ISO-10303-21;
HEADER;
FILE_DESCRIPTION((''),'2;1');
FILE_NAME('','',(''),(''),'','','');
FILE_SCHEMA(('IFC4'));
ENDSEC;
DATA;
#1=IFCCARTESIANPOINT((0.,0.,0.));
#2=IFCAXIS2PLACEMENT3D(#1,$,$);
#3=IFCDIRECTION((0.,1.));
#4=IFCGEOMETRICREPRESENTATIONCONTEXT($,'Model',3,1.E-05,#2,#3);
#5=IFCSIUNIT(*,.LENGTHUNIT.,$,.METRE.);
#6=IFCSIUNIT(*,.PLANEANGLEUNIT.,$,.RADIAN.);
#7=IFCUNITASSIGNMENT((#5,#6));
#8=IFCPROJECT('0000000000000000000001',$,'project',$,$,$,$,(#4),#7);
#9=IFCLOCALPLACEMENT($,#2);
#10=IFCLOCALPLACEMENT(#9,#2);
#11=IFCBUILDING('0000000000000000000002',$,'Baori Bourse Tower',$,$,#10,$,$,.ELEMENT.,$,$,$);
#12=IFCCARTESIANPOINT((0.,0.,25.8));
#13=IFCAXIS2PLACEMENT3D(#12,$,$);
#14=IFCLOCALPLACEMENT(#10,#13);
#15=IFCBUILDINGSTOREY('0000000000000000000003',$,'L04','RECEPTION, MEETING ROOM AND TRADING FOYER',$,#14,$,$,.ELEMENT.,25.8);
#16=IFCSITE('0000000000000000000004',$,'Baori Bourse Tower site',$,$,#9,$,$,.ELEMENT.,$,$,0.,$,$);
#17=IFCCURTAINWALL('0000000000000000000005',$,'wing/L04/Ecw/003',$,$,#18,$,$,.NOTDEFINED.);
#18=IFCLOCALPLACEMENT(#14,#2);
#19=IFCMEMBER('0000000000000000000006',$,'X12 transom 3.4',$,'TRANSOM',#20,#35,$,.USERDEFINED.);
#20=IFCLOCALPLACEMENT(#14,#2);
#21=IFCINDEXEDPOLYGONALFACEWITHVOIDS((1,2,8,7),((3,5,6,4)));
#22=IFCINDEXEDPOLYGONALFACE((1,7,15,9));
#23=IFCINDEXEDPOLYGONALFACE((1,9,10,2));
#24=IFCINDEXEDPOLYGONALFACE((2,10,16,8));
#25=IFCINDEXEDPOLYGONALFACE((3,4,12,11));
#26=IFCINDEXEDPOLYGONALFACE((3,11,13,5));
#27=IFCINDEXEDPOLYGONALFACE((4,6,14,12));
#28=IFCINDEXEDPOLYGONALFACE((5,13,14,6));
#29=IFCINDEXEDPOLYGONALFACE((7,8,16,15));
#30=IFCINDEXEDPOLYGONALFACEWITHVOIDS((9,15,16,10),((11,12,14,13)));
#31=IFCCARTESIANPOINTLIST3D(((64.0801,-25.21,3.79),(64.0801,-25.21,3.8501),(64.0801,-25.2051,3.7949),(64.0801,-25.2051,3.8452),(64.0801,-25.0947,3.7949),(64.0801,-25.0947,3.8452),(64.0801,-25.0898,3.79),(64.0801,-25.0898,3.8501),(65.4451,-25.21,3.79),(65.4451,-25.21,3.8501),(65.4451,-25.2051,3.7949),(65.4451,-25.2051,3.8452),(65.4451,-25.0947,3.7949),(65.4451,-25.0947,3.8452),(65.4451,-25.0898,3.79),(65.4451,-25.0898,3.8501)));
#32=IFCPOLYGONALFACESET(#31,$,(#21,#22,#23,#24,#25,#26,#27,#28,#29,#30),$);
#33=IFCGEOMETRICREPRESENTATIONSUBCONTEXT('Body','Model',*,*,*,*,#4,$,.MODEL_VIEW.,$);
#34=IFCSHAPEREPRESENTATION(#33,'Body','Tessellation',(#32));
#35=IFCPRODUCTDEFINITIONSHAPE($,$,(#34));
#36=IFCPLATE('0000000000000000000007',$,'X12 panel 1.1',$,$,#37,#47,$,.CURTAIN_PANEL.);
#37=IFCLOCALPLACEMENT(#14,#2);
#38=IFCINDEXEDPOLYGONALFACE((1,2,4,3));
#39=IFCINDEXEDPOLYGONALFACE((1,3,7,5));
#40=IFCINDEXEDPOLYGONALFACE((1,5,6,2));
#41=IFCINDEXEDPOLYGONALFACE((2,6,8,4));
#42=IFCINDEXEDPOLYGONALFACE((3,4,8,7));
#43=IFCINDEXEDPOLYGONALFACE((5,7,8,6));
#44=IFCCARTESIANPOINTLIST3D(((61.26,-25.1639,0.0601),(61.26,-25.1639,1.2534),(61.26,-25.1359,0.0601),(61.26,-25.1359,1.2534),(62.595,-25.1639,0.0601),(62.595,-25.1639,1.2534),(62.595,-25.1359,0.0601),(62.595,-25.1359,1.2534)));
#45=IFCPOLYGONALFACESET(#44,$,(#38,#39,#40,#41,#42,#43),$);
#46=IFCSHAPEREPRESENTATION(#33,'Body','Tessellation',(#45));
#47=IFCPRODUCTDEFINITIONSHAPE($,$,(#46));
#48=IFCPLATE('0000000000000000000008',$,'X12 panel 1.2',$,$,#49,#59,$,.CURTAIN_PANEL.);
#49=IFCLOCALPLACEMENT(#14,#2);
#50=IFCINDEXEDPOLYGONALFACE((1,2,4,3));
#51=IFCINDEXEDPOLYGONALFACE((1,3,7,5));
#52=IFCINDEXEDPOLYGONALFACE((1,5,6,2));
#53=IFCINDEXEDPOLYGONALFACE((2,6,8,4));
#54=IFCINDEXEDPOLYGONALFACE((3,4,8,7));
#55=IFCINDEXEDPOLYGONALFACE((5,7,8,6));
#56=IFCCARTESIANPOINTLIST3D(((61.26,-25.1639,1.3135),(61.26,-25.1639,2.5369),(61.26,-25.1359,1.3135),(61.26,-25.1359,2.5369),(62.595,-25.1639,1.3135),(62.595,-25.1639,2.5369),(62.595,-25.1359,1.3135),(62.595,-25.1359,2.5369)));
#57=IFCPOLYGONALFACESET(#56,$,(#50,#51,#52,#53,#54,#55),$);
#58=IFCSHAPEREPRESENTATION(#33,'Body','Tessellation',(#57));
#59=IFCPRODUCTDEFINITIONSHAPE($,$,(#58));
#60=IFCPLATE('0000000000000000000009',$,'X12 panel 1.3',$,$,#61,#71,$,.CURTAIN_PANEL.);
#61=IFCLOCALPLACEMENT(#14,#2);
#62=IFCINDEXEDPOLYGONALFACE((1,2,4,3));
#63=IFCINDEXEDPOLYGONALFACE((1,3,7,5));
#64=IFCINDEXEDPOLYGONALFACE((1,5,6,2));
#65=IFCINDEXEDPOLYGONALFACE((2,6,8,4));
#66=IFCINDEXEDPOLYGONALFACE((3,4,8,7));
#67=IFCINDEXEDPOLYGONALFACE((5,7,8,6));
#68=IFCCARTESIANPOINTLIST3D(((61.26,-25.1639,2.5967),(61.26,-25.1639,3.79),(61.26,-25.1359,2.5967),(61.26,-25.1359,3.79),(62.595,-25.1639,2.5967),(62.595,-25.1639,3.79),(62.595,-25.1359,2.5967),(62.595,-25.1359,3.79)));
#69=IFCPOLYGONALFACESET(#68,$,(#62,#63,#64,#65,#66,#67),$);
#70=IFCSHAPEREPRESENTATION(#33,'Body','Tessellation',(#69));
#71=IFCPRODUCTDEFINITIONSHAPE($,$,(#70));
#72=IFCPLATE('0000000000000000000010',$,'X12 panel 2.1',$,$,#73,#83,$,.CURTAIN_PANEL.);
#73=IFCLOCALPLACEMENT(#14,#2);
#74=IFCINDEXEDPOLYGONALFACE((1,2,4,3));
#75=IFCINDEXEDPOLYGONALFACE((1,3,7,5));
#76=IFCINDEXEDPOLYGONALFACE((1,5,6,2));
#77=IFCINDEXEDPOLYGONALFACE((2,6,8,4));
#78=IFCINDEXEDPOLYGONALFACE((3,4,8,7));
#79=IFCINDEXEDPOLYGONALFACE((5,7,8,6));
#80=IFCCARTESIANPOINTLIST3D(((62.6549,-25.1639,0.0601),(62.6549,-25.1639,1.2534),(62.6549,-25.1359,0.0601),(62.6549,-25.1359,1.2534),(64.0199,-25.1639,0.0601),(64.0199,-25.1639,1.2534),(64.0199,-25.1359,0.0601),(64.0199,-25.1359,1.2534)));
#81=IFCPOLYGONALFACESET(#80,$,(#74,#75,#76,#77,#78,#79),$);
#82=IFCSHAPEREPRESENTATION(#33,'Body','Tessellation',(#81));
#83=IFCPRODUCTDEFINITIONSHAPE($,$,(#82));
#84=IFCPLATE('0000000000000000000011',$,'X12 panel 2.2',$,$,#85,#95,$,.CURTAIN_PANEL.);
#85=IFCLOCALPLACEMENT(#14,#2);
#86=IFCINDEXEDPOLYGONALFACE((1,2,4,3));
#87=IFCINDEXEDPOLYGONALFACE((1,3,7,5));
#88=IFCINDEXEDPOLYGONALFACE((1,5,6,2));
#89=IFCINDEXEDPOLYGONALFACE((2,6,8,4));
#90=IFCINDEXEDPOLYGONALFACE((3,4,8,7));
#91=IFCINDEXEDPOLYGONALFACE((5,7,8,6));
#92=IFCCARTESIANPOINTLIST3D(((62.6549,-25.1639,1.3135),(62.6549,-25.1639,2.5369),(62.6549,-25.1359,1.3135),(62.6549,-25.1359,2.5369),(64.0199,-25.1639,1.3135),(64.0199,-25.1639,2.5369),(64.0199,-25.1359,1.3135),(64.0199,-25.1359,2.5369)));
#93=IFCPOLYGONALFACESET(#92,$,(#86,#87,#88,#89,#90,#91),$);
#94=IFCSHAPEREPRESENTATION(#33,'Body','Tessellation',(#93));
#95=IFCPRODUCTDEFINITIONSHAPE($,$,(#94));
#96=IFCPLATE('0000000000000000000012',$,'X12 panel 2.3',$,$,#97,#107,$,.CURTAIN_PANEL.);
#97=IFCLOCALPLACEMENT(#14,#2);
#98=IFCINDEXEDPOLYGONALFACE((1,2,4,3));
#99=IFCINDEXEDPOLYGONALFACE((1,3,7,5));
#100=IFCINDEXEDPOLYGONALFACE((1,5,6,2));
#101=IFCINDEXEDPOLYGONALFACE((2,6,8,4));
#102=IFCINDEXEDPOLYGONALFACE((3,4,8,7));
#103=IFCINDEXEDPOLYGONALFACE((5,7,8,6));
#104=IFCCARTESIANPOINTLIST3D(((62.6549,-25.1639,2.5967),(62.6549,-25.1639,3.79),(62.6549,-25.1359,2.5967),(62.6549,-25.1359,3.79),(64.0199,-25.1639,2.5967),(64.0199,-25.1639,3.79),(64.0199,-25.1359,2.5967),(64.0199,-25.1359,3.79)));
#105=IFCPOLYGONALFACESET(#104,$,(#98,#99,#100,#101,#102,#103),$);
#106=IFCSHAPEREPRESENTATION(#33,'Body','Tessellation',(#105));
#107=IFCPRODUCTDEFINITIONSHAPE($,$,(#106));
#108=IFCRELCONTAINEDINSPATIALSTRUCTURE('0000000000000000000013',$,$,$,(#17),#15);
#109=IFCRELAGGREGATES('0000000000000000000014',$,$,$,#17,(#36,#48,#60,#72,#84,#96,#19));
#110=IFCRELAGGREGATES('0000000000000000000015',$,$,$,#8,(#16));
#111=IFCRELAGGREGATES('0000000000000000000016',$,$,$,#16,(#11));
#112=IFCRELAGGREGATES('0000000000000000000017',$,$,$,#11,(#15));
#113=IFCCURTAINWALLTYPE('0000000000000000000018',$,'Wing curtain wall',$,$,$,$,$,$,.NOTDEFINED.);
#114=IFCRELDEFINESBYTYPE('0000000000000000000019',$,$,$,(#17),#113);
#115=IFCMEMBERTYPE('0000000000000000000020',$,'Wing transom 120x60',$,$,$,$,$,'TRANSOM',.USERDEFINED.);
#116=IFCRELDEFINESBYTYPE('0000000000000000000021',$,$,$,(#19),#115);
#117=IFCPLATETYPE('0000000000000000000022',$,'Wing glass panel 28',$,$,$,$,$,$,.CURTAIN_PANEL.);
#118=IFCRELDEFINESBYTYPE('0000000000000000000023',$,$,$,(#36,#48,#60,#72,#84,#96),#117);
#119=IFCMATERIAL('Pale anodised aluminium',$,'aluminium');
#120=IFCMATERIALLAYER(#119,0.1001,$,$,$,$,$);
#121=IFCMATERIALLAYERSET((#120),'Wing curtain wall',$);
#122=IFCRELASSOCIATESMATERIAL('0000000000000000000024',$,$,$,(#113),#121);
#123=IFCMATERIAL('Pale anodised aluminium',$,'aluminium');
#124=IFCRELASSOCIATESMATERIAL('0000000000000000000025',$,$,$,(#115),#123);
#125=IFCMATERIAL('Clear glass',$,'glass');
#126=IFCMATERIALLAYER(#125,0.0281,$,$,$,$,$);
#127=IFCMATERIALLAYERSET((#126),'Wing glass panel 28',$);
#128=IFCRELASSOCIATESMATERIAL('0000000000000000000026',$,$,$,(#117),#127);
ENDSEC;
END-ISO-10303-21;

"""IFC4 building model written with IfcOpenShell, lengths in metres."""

from ifc_helpers import new_model, si_unit, direction, frame, origin, origin_2d, place, context, subcontext, project, spatial, rectangle, hollow_rectangle, extrude, material, layer, layer_set, material_profile, profile_set, type_object, element, aggregate, save


model = new_model("IFC4")

# Units and contexts
model_context = context("Model", 3, precision=1e-05, world=origin(), true_north=direction((0.0, 1.0)))
body_context = subcontext(model_context, "Body", "Model", "MODEL_VIEW")
ifc_project = project(units=[si_unit("LENGTHUNIT", "METRE"), si_unit("PLANEANGLEUNIT", "RADIAN")], contexts=[model_context])

# Site, building, storey
site_placement = place(None, origin())
site = spatial("IfcSite", under=ifc_project, at=site_placement, Name="Baori Bourse Tower site", CompositionType="ELEMENT", RefElevation=0.0)
building_placement = place(site_placement, origin())
building = spatial("IfcBuilding", under=site, at=building_placement, Name="Baori Bourse Tower", CompositionType="ELEMENT")
storey_placement = place(building_placement, frame((0.0, 0.0, 25.8)))
storey = spatial("IfcBuildingStorey", under=building, at=storey_placement, Name="L04", Description="RECEPTION, MEETING ROOM AND TRADING FOYER", CompositionType="ELEMENT", Elevation=25.8)

# Curtain wall, member, plates
ifc_material_1 = material(Name="Pale anodised aluminium", Category="aluminium")
ifc_layer_1 = layer(ifc_material_1, 0.1001)
ifc_layer_set_1 = layer_set([ifc_layer_1], Name="Wing curtain wall")
curtain_wall_type = type_object("IfcCurtainWallType", Name="Wing curtain wall", PredefinedType="NOTDEFINED", material=ifc_layer_set_1)
curtain_wall_placement = place(storey_placement, origin())
curtain_wall = element("IfcCurtainWall", 1, at=curtain_wall_placement, inside=storey, type_object=curtain_wall_type, Name="wing/L04/Ecw/003", PredefinedType="NOTDEFINED")
ifc_material_2 = material(Name="Pale anodised aluminium", Category="aluminium")
ifc_material_profile_1 = material_profile(ifc_material_2, hollow_rectangle(XDim=0.1201, YDim=0.0601, WallThickness=0.0049, at=origin_2d()), Name="Transom 120x60x5")
ifc_profile_set_1 = profile_set([ifc_material_profile_1], Name="Pale anodised aluminium")
member_type_1 = type_object("IfcMemberType", Name="Wing transom 120x60", ElementType="TRANSOM", PredefinedType="USERDEFINED", material=ifc_profile_set_1)
member_1_placement = place(storey_placement, frame((64.0801, -25.1499, 3.8201), z_axis=(1.0, 0.0, 0.0), x_axis=(0.0, 1.0, 0.0)))
member_1 = element("IfcMember", 2, at=member_1_placement, type_object=member_type_1, Name="X12 transom 3.4", ObjectType="TRANSOM", PredefinedType="USERDEFINED", context=body_context, shape_type="SweptSolid", body=[
    extrude(hollow_rectangle(XDim=0.1201, YDim=0.0601, WallThickness=0.0049, at=origin_2d()), origin(), (0.0, 0.0, 1.0), 1.365),
])
ifc_material_3 = material(Name="Clear glass", Category="glass")
ifc_layer_2 = layer(ifc_material_3, 0.0281)
ifc_layer_set_2 = layer_set([ifc_layer_2], Name="Wing glass panel 28")
plate_type = type_object("IfcPlateType", Name="Wing glass panel 28", PredefinedType="CURTAIN_PANEL", material=ifc_layer_set_2)
plate_1_placement = place(storey_placement, frame((61.9275, -25.1499, 0.0601), z_axis=(0.0, 0.0, 1.0), x_axis=(1.0, 0.0, 0.0)))
plate_1 = element("IfcPlate", 3, at=plate_1_placement, type_object=plate_type, Name="X12 panel 1.1", PredefinedType="CURTAIN_PANEL", context=body_context, shape_type="SweptSolid", body=[
    extrude(rectangle(XDim=1.335, YDim=0.0281, at=origin_2d()), origin(), (0.0, 0.0, 1.0), 1.1934),
])
plate_2_placement = place(storey_placement, frame((61.9275, -25.1499, 1.3135), z_axis=(0.0, 0.0, 1.0), x_axis=(1.0, 0.0, 0.0)))
plate_2 = element("IfcPlate", 4, at=plate_2_placement, type_object=plate_type, Name="X12 panel 1.2", PredefinedType="CURTAIN_PANEL", context=body_context, shape_type="SweptSolid", body=[
    extrude(rectangle(XDim=1.335, YDim=0.0281, at=origin_2d()), origin(), (0.0, 0.0, 1.0), 1.2234),
])
plate_3_placement = place(storey_placement, frame((61.9275, -25.1499, 2.5967), z_axis=(0.0, 0.0, 1.0), x_axis=(1.0, 0.0, 0.0)))
plate_3 = element("IfcPlate", 5, at=plate_3_placement, type_object=plate_type, Name="X12 panel 1.3", PredefinedType="CURTAIN_PANEL", context=body_context, shape_type="SweptSolid", body=[
    extrude(rectangle(XDim=1.335, YDim=0.0281, at=origin_2d()), origin(), (0.0, 0.0, 1.0), 1.1934),
])
plate_4_placement = place(storey_placement, frame((63.3374, -25.1499, 0.0601), z_axis=(0.0, 0.0, 1.0), x_axis=(1.0, 0.0, 0.0)))
plate_4 = element("IfcPlate", 6, at=plate_4_placement, type_object=plate_type, Name="X12 panel 2.1", PredefinedType="CURTAIN_PANEL", context=body_context, shape_type="SweptSolid", body=[
    extrude(rectangle(XDim=1.365, YDim=0.0281, at=origin_2d()), origin(), (0.0, 0.0, 1.0), 1.1934),
])
plate_5_placement = place(storey_placement, frame((63.3374, -25.1499, 1.3135), z_axis=(0.0, 0.0, 1.0), x_axis=(1.0, 0.0, 0.0)))
plate_5 = element("IfcPlate", 7, at=plate_5_placement, type_object=plate_type, Name="X12 panel 2.2", PredefinedType="CURTAIN_PANEL", context=body_context, shape_type="SweptSolid", body=[
    extrude(rectangle(XDim=1.365, YDim=0.0281, at=origin_2d()), origin(), (0.0, 0.0, 1.0), 1.2234),
])
plate_6_placement = place(storey_placement, frame((63.3374, -25.1499, 2.5967), z_axis=(0.0, 0.0, 1.0), x_axis=(1.0, 0.0, 0.0)))
plate_6 = element("IfcPlate", 8, at=plate_6_placement, type_object=plate_type, Name="X12 panel 2.3", PredefinedType="CURTAIN_PANEL", context=body_context, shape_type="SweptSolid", body=[
    extrude(rectangle(XDim=1.365, YDim=0.0281, at=origin_2d()), origin(), (0.0, 0.0, 1.0), 1.1934),
])
aggregate(curtain_wall, [plate_1, plate_2, plate_3, plate_4, plate_5, plate_6, member_1])

save(model, "model.ifc")
